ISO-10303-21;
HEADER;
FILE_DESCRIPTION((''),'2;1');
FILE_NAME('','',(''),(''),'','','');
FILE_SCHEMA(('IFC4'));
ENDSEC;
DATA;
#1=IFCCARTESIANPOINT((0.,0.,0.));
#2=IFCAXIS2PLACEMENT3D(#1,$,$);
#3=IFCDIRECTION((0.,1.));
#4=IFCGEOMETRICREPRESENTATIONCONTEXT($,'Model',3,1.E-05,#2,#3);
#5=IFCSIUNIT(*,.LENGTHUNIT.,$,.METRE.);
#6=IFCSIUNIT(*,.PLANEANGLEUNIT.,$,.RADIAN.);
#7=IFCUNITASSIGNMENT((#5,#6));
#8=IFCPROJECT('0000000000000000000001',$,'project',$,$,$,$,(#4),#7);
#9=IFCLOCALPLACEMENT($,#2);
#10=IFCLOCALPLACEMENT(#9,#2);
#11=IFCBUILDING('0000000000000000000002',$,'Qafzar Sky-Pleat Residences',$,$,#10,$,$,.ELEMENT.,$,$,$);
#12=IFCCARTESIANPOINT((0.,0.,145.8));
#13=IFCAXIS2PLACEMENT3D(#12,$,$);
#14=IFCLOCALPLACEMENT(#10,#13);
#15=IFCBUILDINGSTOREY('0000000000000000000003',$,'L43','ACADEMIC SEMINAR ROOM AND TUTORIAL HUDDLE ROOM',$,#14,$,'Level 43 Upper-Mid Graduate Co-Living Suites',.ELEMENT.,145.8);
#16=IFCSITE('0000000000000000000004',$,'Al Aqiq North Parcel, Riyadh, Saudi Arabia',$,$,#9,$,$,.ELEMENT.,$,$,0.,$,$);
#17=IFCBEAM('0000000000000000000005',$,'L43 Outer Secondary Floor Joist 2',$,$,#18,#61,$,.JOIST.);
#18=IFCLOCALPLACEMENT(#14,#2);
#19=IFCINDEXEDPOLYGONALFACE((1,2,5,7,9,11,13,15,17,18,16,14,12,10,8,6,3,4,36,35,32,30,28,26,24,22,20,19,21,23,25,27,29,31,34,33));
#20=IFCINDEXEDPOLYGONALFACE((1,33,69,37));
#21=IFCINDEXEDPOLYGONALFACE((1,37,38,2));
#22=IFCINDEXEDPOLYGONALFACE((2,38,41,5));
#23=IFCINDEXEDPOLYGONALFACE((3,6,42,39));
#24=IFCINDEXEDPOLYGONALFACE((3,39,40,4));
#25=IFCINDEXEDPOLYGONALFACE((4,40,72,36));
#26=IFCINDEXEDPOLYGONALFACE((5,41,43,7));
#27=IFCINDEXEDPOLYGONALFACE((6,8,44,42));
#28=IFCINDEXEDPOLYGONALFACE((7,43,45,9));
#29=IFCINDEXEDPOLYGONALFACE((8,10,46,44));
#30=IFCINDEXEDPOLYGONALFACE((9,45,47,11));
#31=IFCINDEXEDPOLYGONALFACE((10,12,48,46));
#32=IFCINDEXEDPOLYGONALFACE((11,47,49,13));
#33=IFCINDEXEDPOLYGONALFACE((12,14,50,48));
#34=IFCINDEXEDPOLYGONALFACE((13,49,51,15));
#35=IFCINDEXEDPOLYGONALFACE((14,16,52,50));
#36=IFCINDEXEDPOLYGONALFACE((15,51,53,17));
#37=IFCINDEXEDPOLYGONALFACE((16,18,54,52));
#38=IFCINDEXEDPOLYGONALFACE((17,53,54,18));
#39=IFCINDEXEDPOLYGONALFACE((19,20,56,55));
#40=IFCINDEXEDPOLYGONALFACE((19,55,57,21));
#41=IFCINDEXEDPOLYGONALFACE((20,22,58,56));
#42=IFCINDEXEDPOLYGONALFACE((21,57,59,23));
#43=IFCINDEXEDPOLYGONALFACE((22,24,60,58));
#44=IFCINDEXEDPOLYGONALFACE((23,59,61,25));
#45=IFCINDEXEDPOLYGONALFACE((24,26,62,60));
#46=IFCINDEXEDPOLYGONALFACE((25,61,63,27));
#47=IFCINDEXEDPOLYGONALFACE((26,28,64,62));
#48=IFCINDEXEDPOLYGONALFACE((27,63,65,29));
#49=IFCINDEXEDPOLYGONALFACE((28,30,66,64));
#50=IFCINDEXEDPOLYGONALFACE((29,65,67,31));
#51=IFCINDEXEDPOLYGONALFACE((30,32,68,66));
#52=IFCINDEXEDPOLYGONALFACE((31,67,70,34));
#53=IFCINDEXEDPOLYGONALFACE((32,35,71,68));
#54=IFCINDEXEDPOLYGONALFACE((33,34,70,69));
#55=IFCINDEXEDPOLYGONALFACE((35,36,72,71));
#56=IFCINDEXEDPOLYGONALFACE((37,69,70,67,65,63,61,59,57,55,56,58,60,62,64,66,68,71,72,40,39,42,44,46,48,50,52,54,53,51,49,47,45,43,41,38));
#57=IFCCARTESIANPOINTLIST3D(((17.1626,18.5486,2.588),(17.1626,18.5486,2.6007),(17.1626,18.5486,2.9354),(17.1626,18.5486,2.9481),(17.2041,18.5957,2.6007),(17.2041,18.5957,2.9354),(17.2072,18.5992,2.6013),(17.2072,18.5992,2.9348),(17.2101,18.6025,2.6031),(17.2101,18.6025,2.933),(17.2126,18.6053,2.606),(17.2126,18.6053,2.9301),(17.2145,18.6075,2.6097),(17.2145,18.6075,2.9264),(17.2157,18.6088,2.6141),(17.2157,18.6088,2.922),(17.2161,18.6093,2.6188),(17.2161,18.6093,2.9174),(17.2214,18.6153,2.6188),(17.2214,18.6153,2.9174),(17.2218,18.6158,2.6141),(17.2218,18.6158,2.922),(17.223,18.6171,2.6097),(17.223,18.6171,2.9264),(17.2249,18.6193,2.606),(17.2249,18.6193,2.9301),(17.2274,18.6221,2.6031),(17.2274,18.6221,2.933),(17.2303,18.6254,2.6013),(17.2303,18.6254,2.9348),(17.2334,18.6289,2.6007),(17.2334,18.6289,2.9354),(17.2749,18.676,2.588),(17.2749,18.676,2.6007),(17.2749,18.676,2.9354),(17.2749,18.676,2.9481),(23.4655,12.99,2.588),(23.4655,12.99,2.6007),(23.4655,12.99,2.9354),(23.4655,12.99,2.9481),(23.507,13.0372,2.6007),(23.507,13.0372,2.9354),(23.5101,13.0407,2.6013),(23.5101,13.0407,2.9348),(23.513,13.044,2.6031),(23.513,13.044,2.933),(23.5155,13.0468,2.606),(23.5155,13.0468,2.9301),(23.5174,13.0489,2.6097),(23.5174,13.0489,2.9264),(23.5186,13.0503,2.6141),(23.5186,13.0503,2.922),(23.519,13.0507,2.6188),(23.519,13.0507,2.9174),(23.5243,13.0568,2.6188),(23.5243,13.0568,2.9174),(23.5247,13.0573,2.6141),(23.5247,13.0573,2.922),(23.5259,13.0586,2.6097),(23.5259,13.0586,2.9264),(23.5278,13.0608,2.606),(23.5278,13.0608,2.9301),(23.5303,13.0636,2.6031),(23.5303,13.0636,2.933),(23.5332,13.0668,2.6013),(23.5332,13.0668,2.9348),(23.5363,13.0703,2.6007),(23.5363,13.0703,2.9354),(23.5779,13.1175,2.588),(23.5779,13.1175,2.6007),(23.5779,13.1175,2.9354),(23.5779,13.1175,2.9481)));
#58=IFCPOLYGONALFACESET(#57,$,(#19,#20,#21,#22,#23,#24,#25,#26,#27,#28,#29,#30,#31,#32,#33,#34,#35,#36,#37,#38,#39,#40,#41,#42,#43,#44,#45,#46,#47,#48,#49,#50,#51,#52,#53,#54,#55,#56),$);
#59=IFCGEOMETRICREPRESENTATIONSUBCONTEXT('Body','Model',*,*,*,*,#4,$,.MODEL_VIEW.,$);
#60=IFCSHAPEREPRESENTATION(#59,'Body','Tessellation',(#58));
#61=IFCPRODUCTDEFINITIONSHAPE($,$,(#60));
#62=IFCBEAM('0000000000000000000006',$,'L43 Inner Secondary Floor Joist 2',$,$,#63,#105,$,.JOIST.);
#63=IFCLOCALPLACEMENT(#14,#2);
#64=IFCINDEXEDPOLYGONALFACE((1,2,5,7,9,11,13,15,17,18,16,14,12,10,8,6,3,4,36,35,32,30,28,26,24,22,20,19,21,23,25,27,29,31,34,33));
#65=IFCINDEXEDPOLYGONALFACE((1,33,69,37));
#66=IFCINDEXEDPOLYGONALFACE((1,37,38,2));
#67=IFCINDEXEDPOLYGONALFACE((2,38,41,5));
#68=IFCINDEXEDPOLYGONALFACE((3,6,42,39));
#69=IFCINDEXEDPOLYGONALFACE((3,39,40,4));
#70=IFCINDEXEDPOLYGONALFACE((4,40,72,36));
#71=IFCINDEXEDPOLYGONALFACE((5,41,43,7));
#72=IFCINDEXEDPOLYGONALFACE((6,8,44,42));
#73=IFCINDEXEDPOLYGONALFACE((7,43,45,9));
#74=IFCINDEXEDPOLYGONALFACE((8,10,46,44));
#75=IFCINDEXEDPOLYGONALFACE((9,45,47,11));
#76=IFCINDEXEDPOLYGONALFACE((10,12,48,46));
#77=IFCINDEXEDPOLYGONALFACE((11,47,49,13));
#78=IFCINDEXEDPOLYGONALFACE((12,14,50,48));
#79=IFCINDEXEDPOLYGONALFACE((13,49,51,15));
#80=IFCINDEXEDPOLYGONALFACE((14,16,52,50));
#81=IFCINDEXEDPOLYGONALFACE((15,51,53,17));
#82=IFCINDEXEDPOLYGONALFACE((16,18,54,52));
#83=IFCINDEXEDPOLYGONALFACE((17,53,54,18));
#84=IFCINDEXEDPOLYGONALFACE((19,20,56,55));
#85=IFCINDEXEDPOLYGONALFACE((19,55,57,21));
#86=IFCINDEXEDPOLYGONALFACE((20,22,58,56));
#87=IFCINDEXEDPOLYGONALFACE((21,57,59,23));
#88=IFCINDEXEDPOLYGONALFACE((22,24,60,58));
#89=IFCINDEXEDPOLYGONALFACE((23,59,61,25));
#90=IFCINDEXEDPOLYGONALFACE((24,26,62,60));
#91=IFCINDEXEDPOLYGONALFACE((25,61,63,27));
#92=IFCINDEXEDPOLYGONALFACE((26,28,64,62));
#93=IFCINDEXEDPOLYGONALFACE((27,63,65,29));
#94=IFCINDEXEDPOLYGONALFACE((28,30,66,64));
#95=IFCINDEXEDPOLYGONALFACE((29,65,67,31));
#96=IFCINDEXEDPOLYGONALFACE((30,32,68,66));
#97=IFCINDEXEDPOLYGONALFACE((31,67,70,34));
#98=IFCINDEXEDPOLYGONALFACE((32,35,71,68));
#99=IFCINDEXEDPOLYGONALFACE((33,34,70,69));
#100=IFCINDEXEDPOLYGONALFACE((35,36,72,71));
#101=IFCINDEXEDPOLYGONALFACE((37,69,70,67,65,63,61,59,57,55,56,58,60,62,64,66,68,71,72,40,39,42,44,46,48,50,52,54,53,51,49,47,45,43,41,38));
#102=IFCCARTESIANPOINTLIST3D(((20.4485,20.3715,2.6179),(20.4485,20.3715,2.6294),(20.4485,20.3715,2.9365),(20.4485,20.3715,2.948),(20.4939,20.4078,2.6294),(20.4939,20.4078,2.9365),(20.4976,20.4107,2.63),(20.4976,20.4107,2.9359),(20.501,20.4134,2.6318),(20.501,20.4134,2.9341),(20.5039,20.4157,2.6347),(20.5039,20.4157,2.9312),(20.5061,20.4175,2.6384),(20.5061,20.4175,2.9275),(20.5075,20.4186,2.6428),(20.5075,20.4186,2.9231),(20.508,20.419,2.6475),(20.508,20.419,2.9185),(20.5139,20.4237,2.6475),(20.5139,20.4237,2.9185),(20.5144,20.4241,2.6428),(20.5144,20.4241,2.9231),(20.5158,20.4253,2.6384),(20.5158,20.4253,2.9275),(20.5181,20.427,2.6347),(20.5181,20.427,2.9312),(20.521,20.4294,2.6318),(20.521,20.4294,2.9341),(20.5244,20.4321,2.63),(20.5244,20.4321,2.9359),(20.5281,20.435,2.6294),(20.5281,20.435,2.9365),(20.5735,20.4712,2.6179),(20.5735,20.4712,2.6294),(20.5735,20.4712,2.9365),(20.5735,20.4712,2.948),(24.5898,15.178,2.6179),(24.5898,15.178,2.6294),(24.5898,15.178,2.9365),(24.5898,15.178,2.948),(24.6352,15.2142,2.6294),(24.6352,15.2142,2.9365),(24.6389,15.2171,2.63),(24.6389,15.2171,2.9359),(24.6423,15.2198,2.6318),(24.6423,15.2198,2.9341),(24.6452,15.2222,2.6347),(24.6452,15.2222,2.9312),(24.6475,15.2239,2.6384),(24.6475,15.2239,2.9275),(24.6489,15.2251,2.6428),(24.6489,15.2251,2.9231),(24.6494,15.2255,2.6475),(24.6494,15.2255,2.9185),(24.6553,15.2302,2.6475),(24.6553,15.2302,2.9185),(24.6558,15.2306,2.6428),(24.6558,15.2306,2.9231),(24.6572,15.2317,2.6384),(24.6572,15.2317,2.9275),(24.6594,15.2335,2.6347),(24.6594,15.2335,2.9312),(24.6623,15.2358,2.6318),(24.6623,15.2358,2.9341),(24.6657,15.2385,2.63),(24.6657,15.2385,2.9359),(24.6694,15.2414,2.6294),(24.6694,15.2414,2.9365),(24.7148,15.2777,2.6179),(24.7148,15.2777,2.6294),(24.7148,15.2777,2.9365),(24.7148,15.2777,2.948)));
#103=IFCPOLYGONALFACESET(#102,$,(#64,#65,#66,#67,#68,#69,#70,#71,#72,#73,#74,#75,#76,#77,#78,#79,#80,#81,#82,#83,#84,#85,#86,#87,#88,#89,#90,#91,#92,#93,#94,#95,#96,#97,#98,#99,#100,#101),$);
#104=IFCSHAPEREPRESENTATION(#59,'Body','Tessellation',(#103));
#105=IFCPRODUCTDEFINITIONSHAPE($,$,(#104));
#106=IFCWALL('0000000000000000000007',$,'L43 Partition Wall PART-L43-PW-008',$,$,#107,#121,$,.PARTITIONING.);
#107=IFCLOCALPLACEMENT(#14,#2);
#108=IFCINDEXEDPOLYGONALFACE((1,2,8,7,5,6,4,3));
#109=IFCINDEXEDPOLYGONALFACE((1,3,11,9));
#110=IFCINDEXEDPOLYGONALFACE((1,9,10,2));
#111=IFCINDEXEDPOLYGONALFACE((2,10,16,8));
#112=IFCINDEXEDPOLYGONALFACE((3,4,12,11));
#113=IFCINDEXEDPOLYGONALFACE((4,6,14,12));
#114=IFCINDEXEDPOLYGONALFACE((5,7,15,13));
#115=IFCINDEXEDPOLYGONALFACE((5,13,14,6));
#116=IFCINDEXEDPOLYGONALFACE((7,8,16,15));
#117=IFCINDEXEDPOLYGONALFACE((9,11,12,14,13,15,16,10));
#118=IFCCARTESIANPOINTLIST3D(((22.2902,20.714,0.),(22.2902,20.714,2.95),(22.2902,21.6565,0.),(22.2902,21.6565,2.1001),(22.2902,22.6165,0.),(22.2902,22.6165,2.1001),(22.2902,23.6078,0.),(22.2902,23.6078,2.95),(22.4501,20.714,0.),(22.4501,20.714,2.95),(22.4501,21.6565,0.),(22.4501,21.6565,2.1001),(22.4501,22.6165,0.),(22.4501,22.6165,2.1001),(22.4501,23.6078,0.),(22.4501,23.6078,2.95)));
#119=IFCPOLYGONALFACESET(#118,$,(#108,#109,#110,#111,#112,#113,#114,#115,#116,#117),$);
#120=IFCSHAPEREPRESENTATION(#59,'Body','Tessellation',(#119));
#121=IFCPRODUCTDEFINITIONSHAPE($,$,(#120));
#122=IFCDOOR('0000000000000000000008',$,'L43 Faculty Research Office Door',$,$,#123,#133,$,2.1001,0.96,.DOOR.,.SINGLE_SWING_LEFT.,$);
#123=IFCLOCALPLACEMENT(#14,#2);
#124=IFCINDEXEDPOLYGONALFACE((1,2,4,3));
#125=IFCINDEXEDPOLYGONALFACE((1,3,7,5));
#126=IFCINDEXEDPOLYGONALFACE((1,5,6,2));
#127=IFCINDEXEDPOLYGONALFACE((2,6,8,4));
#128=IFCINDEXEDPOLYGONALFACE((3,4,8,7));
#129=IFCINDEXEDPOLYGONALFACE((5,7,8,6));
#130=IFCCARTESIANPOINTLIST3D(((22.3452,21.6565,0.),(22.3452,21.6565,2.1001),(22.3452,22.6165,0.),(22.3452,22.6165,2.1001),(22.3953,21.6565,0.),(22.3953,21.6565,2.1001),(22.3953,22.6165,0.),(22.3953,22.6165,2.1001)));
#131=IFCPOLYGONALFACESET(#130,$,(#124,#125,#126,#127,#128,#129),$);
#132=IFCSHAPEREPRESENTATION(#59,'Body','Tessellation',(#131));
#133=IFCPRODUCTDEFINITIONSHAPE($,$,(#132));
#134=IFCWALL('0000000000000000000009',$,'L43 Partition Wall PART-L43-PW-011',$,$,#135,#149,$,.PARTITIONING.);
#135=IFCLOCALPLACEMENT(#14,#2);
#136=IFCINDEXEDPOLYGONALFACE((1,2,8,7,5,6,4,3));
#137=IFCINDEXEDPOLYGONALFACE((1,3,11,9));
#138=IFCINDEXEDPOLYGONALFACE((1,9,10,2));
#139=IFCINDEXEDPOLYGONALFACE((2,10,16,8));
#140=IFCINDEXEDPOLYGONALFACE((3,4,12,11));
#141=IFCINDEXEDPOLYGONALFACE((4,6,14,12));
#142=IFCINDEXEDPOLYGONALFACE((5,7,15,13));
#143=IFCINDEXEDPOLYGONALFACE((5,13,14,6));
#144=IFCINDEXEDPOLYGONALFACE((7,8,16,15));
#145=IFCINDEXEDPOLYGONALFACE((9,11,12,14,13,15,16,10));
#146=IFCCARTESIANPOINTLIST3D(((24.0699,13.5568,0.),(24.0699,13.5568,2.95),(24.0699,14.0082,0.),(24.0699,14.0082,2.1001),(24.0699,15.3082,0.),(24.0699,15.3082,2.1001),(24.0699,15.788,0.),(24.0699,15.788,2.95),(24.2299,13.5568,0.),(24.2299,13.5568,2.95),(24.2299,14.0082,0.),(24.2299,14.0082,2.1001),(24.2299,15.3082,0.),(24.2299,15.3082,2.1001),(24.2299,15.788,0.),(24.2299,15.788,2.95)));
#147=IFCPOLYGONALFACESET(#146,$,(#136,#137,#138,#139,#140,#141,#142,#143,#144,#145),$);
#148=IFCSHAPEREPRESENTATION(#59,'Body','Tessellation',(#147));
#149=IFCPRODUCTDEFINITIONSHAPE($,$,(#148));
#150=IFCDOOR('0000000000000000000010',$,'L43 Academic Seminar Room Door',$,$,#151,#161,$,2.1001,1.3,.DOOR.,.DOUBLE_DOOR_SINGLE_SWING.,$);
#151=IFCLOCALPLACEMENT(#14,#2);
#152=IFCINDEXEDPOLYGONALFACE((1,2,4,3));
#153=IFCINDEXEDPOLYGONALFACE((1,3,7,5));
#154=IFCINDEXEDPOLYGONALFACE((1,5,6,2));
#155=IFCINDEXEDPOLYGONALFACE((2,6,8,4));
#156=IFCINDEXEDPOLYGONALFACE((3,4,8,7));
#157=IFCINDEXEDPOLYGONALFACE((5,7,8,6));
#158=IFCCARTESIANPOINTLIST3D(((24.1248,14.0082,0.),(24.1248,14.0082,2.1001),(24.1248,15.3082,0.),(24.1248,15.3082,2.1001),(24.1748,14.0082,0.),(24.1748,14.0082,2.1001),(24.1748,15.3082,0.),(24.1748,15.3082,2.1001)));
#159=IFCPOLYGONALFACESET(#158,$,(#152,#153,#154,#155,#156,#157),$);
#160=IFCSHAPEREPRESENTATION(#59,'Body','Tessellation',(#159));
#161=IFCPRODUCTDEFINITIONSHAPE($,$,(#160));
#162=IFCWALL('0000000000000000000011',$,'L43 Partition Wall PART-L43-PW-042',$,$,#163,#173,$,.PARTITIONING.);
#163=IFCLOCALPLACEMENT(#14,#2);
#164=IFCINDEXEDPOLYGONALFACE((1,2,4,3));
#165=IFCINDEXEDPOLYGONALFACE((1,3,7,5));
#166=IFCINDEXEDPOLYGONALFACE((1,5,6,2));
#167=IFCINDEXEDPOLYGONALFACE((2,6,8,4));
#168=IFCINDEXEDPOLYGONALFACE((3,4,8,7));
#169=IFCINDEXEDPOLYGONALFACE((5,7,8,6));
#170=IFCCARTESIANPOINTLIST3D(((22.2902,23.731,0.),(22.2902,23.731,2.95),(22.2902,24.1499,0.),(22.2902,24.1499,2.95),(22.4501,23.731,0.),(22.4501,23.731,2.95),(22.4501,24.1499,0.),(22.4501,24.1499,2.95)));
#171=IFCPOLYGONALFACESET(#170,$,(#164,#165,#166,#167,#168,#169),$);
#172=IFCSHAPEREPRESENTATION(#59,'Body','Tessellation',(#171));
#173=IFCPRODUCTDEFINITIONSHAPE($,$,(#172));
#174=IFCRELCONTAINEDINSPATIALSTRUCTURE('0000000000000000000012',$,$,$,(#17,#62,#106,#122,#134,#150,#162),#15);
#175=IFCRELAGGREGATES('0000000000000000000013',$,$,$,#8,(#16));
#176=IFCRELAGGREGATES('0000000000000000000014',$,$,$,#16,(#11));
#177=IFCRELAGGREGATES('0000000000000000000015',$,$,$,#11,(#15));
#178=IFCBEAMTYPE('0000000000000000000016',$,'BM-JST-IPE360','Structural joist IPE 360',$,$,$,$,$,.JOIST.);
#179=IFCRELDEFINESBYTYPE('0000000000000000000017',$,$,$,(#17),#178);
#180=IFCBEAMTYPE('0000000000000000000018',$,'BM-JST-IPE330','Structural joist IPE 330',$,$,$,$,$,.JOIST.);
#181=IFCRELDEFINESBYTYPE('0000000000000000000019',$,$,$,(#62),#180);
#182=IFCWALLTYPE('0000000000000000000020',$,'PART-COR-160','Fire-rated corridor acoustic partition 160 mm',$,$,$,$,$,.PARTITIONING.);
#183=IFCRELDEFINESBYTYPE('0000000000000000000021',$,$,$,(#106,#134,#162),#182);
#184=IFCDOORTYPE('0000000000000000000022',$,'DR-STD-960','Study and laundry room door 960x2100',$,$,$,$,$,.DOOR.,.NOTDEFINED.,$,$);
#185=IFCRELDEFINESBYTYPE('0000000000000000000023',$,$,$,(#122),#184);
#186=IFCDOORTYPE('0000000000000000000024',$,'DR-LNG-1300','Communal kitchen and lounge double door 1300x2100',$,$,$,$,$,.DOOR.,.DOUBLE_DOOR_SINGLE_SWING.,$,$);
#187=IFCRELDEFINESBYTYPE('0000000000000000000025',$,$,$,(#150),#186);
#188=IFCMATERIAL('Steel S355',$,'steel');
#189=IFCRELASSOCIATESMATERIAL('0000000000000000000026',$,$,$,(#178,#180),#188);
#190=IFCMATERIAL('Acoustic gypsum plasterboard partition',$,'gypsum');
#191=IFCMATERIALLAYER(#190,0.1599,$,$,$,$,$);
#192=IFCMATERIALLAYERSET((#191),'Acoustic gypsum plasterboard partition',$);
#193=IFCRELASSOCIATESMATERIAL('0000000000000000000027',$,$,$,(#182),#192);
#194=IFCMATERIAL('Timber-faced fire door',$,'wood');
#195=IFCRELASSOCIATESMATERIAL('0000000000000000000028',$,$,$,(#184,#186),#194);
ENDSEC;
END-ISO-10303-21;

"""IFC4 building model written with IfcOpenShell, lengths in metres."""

from ifc_helpers import new_model, si_unit, direction, frame, frame_2d, origin, origin_2d, place, context, subcontext, project, spatial, rectangle, i_section, extrude, source, transform, mapped, material, layer, layer_set, material_profile, profile_set, type_object, element, fill, save


model = new_model("IFC4")

# Units and contexts
model_context = context("Model", 3, precision=1e-05, world=origin(), true_north=direction((0.0, 1.0)))
body_context = subcontext(model_context, "Body", "Model", "MODEL_VIEW")
ifc_project = project(units=[si_unit("LENGTHUNIT", "METRE"), si_unit("PLANEANGLEUNIT", "RADIAN")], contexts=[model_context])

# Site, building, storey
site_placement = place(None, origin())
site = spatial("IfcSite", under=ifc_project, at=site_placement, Name="Al Aqiq North Parcel, Riyadh, Saudi Arabia", CompositionType="ELEMENT", RefElevation=0.0)
building_placement = place(site_placement, origin())
building = spatial("IfcBuilding", under=site, at=building_placement, Name="Qafzar Sky-Pleat Residences", CompositionType="ELEMENT")
storey_placement = place(building_placement, frame((0.0, 0.0, 145.8)))
storey = spatial("IfcBuildingStorey", under=building, at=storey_placement, Name="L43", Description="ACADEMIC SEMINAR ROOM AND TUTORIAL HUDDLE ROOM", LongName="Level 43 Upper-Mid Graduate Co-Living Suites", CompositionType="ELEMENT", Elevation=145.8)

# Beams
ifc_material_1 = material(Name="Steel S355", Category="steel")
ifc_material_profile_1 = material_profile(ifc_material_1, i_section(OverallWidth=0.1699, OverallDepth=0.3601, WebThickness=0.0081, FlangeThickness=0.0127, FilletRadius=0.0181, at=origin_2d()), Name="IPE 360")
ifc_profile_set_1 = profile_set([ifc_material_profile_1], Name="Steel S355")
beam_type_1 = type_object("IfcBeamType", Name="BM-JST-IPE360", Description="Structural joist IPE 360", PredefinedType="JOIST", material=ifc_profile_set_1)
shared_shape_1 = source(origin(), body_context, "Body", "SweptSolid", [
    extrude(i_section(OverallWidth=0.1699, OverallDepth=0.3601, WebThickness=0.0081, FlangeThickness=0.0127, FilletRadius=0.0181, at=origin_2d()), origin(), (0.0, 0.0, 1.0), 8.4038),
])
beam_1_placement = place(storey_placement, frame((17.2188, 18.6123, 2.7681), z_axis=(0.750007, -0.66143, 0.0), x_axis=(0.66143, 0.750007, 0.0)))
element("IfcBeam", 1, at=beam_1_placement, inside=storey, type_object=beam_type_1, Name="L43 Outer Secondary Floor Joist 2", PredefinedType="JOIST", context=body_context, shape_type="MappedRepresentation", body=[
    mapped(shared_shape_1, transform((0.0, 0.0, 0.0), x_axis=(1.0, 0.0, 0.0), y_axis=(0.0, 1.0, 0.0), z_axis=(0.0, 0.0, 1.0), scale=1.0)),
])
ifc_material_profile_2 = material_profile(ifc_material_1, i_section(OverallWidth=0.1599, OverallDepth=0.3301, WebThickness=0.0076, FlangeThickness=0.0115, FilletRadius=0.0181, at=origin_2d()), Name="IPE 330")
ifc_profile_set_2 = profile_set([ifc_material_profile_2], Name="Steel S355")
beam_type_2 = type_object("IfcBeamType", Name="BM-JST-IPE330", Description="Structural joist IPE 330", PredefinedType="JOIST", material=ifc_profile_set_2)
shared_shape_2 = source(origin(), body_context, "Body", "SweptSolid", [
    extrude(i_section(OverallWidth=0.1599, OverallDepth=0.3301, WebThickness=0.0076, FlangeThickness=0.0115, FilletRadius=0.0181, at=origin_2d()), origin(), (0.0, 0.0, 1.0), 6.6426),
])
beam_2_placement = place(storey_placement, frame((20.511, 20.4214, 2.783), z_axis=(0.623453, -0.781861, 0.0), x_axis=(0.781861, 0.623453, 0.0)))
element("IfcBeam", 2, at=beam_2_placement, inside=storey, type_object=beam_type_2, Name="L43 Inner Secondary Floor Joist 2", PredefinedType="JOIST", context=body_context, shape_type="MappedRepresentation", body=[
    mapped(shared_shape_2, transform((0.0, 0.0, 0.0), x_axis=(1.0, 0.0, 0.0), y_axis=(0.0, 1.0, 0.0), z_axis=(0.0, 0.0, 1.0), scale=1.0)),
])

# Walls, openings, doors
ifc_material_2 = material(Name="Acoustic gypsum plasterboard partition", Category="gypsum")
ifc_layer_1 = layer(ifc_material_2, 0.1599)
ifc_layer_set_1 = layer_set([ifc_layer_1], Name="Acoustic gypsum plasterboard partition")
wall_type_1 = type_object("IfcWallType", Name="PART-COR-160", Description="Fire-rated corridor acoustic partition 160 mm", PredefinedType="PARTITIONING", material=ifc_layer_set_1)
wall_1_placement = place(storey_placement, frame((22.3701, 20.7141, 0.0), z_axis=(0.0, 0.0, 1.0), x_axis=(0.0, 1.0, 0.0)))
wall_1 = element("IfcWall", 3, at=wall_1_placement, inside=storey, type_object=wall_type_1, Name="L43 Partition Wall PART-L43-PW-008", PredefinedType="PARTITIONING", context=body_context, shape_type="SweptSolid", body=[
    extrude(rectangle(XDim=2.8938, YDim=0.1599, at=frame_2d((1.4468, 0.0))), origin(), (0.0, 0.0, 1.0), 2.95),
])
opening_1_placement = place(wall_1_placement, frame((0.9424, 0.0, 0.0)))
opening_1 = element("IfcOpeningElement", 4, at=opening_1_placement, cuts=wall_1, PredefinedType="OPENING", context=body_context, shape_type="SweptSolid", body=[
    extrude(rectangle(XDim=0.96, YDim=2.1001, at=frame_2d((0.48, 1.05))), frame((0.0, 0.0898, 0.0), z_axis=(0.0, -1.0, 0.0), x_axis=(1.0, 0.0, 0.0)), (0.0, 0.0, 1.0), 0.1799),
])
ifc_material_3 = material(Name="Timber-faced fire door", Category="wood")
door_type_1 = type_object("IfcDoorType", Name="DR-STD-960", Description="Study and laundry room door 960x2100", OperationType="NOTDEFINED", PredefinedType="DOOR", material=ifc_material_3)
shared_shape_3 = source(origin(), body_context, "Body", "SweptSolid", [
    extrude(rectangle(XDim=0.96, YDim=2.1001, at=frame_2d((0.48, 1.05))), frame((0.0, 0.0249, 0.0), z_axis=(0.0, -1.0, 0.0), x_axis=(1.0, 0.0, 0.0)), (0.0, 0.0, 1.0), 0.05),
])
door_1_placement = place(opening_1_placement, origin())
door_1 = element("IfcDoor", 5, at=door_1_placement, inside=storey, type_object=door_type_1, Name="L43 Faculty Research Office Door", OperationType="SINGLE_SWING_LEFT", OverallHeight=2.1001, OverallWidth=0.96, PredefinedType="DOOR", context=body_context, shape_type="MappedRepresentation", body=[
    mapped(shared_shape_3, transform((0.0, 0.0, 0.0), x_axis=(1.0, 0.0, 0.0), y_axis=(0.0, 1.0, 0.0), z_axis=(0.0, 0.0, 1.0), scale=1.0)),
])
fill(opening_1, door_1)
wall_2_placement = place(storey_placement, frame((24.1499, 15.7881, 0.0), z_axis=(0.0, 0.0, 1.0), x_axis=(0.0, -1.0, 0.0)))
wall_2 = element("IfcWall", 6, at=wall_2_placement, inside=storey, type_object=wall_type_1, Name="L43 Partition Wall PART-L43-PW-011", PredefinedType="PARTITIONING", context=body_context, shape_type="SweptSolid", body=[
    extrude(rectangle(XDim=2.2312, YDim=0.1599, at=frame_2d((1.1157, 0.0))), origin(), (0.0, 0.0, 1.0), 2.95),
])
opening_2_placement = place(wall_2_placement, frame((0.48, 0.0, 0.0)))
opening_2 = element("IfcOpeningElement", 7, at=opening_2_placement, cuts=wall_2, PredefinedType="OPENING", context=body_context, shape_type="SweptSolid", body=[
    extrude(rectangle(XDim=1.3, YDim=2.1001, at=frame_2d((0.6499, 1.05))), frame((0.0, 0.0898, 0.0), z_axis=(0.0, -1.0, 0.0), x_axis=(1.0, 0.0, 0.0)), (0.0, 0.0, 1.0), 0.1799),
])
door_type_2 = type_object("IfcDoorType", Name="DR-LNG-1300", Description="Communal kitchen and lounge double door 1300x2100", OperationType="DOUBLE_DOOR_SINGLE_SWING", PredefinedType="DOOR", material=ifc_material_3)
shared_shape_4 = source(origin(), body_context, "Body", "SweptSolid", [
    extrude(rectangle(XDim=1.3, YDim=2.1001, at=frame_2d((0.6499, 1.05))), frame((0.0, 0.0249, 0.0), z_axis=(0.0, -1.0, 0.0), x_axis=(1.0, 0.0, 0.0)), (0.0, 0.0, 1.0), 0.05),
])
door_2_placement = place(opening_2_placement, origin())
door_2 = element("IfcDoor", 8, at=door_2_placement, inside=storey, type_object=door_type_2, Name="L43 Academic Seminar Room Door", OperationType="DOUBLE_DOOR_SINGLE_SWING", OverallHeight=2.1001, OverallWidth=1.3, PredefinedType="DOOR", context=body_context, shape_type="MappedRepresentation", body=[
    mapped(shared_shape_4, transform((0.0, 0.0, 0.0), x_axis=(1.0, 0.0, 0.0), y_axis=(0.0, 1.0, 0.0), z_axis=(0.0, 0.0, 1.0), scale=1.0)),
])
fill(opening_2, door_2)

# Wall
wall_3_placement = place(storey_placement, frame((22.3701, 23.731, 0.0), z_axis=(0.0, 0.0, 1.0), x_axis=(0.0, 1.0, 0.0)))
element("IfcWall", 9, at=wall_3_placement, inside=storey, type_object=wall_type_1, Name="L43 Partition Wall PART-L43-PW-042", PredefinedType="PARTITIONING", context=body_context, shape_type="SweptSolid", body=[
    extrude(rectangle(XDim=0.4189, YDim=0.1599, at=frame_2d((0.2095, 0.0))), origin(), (0.0, 0.0, 1.0), 2.95),
])

save(model, "model.ifc")
